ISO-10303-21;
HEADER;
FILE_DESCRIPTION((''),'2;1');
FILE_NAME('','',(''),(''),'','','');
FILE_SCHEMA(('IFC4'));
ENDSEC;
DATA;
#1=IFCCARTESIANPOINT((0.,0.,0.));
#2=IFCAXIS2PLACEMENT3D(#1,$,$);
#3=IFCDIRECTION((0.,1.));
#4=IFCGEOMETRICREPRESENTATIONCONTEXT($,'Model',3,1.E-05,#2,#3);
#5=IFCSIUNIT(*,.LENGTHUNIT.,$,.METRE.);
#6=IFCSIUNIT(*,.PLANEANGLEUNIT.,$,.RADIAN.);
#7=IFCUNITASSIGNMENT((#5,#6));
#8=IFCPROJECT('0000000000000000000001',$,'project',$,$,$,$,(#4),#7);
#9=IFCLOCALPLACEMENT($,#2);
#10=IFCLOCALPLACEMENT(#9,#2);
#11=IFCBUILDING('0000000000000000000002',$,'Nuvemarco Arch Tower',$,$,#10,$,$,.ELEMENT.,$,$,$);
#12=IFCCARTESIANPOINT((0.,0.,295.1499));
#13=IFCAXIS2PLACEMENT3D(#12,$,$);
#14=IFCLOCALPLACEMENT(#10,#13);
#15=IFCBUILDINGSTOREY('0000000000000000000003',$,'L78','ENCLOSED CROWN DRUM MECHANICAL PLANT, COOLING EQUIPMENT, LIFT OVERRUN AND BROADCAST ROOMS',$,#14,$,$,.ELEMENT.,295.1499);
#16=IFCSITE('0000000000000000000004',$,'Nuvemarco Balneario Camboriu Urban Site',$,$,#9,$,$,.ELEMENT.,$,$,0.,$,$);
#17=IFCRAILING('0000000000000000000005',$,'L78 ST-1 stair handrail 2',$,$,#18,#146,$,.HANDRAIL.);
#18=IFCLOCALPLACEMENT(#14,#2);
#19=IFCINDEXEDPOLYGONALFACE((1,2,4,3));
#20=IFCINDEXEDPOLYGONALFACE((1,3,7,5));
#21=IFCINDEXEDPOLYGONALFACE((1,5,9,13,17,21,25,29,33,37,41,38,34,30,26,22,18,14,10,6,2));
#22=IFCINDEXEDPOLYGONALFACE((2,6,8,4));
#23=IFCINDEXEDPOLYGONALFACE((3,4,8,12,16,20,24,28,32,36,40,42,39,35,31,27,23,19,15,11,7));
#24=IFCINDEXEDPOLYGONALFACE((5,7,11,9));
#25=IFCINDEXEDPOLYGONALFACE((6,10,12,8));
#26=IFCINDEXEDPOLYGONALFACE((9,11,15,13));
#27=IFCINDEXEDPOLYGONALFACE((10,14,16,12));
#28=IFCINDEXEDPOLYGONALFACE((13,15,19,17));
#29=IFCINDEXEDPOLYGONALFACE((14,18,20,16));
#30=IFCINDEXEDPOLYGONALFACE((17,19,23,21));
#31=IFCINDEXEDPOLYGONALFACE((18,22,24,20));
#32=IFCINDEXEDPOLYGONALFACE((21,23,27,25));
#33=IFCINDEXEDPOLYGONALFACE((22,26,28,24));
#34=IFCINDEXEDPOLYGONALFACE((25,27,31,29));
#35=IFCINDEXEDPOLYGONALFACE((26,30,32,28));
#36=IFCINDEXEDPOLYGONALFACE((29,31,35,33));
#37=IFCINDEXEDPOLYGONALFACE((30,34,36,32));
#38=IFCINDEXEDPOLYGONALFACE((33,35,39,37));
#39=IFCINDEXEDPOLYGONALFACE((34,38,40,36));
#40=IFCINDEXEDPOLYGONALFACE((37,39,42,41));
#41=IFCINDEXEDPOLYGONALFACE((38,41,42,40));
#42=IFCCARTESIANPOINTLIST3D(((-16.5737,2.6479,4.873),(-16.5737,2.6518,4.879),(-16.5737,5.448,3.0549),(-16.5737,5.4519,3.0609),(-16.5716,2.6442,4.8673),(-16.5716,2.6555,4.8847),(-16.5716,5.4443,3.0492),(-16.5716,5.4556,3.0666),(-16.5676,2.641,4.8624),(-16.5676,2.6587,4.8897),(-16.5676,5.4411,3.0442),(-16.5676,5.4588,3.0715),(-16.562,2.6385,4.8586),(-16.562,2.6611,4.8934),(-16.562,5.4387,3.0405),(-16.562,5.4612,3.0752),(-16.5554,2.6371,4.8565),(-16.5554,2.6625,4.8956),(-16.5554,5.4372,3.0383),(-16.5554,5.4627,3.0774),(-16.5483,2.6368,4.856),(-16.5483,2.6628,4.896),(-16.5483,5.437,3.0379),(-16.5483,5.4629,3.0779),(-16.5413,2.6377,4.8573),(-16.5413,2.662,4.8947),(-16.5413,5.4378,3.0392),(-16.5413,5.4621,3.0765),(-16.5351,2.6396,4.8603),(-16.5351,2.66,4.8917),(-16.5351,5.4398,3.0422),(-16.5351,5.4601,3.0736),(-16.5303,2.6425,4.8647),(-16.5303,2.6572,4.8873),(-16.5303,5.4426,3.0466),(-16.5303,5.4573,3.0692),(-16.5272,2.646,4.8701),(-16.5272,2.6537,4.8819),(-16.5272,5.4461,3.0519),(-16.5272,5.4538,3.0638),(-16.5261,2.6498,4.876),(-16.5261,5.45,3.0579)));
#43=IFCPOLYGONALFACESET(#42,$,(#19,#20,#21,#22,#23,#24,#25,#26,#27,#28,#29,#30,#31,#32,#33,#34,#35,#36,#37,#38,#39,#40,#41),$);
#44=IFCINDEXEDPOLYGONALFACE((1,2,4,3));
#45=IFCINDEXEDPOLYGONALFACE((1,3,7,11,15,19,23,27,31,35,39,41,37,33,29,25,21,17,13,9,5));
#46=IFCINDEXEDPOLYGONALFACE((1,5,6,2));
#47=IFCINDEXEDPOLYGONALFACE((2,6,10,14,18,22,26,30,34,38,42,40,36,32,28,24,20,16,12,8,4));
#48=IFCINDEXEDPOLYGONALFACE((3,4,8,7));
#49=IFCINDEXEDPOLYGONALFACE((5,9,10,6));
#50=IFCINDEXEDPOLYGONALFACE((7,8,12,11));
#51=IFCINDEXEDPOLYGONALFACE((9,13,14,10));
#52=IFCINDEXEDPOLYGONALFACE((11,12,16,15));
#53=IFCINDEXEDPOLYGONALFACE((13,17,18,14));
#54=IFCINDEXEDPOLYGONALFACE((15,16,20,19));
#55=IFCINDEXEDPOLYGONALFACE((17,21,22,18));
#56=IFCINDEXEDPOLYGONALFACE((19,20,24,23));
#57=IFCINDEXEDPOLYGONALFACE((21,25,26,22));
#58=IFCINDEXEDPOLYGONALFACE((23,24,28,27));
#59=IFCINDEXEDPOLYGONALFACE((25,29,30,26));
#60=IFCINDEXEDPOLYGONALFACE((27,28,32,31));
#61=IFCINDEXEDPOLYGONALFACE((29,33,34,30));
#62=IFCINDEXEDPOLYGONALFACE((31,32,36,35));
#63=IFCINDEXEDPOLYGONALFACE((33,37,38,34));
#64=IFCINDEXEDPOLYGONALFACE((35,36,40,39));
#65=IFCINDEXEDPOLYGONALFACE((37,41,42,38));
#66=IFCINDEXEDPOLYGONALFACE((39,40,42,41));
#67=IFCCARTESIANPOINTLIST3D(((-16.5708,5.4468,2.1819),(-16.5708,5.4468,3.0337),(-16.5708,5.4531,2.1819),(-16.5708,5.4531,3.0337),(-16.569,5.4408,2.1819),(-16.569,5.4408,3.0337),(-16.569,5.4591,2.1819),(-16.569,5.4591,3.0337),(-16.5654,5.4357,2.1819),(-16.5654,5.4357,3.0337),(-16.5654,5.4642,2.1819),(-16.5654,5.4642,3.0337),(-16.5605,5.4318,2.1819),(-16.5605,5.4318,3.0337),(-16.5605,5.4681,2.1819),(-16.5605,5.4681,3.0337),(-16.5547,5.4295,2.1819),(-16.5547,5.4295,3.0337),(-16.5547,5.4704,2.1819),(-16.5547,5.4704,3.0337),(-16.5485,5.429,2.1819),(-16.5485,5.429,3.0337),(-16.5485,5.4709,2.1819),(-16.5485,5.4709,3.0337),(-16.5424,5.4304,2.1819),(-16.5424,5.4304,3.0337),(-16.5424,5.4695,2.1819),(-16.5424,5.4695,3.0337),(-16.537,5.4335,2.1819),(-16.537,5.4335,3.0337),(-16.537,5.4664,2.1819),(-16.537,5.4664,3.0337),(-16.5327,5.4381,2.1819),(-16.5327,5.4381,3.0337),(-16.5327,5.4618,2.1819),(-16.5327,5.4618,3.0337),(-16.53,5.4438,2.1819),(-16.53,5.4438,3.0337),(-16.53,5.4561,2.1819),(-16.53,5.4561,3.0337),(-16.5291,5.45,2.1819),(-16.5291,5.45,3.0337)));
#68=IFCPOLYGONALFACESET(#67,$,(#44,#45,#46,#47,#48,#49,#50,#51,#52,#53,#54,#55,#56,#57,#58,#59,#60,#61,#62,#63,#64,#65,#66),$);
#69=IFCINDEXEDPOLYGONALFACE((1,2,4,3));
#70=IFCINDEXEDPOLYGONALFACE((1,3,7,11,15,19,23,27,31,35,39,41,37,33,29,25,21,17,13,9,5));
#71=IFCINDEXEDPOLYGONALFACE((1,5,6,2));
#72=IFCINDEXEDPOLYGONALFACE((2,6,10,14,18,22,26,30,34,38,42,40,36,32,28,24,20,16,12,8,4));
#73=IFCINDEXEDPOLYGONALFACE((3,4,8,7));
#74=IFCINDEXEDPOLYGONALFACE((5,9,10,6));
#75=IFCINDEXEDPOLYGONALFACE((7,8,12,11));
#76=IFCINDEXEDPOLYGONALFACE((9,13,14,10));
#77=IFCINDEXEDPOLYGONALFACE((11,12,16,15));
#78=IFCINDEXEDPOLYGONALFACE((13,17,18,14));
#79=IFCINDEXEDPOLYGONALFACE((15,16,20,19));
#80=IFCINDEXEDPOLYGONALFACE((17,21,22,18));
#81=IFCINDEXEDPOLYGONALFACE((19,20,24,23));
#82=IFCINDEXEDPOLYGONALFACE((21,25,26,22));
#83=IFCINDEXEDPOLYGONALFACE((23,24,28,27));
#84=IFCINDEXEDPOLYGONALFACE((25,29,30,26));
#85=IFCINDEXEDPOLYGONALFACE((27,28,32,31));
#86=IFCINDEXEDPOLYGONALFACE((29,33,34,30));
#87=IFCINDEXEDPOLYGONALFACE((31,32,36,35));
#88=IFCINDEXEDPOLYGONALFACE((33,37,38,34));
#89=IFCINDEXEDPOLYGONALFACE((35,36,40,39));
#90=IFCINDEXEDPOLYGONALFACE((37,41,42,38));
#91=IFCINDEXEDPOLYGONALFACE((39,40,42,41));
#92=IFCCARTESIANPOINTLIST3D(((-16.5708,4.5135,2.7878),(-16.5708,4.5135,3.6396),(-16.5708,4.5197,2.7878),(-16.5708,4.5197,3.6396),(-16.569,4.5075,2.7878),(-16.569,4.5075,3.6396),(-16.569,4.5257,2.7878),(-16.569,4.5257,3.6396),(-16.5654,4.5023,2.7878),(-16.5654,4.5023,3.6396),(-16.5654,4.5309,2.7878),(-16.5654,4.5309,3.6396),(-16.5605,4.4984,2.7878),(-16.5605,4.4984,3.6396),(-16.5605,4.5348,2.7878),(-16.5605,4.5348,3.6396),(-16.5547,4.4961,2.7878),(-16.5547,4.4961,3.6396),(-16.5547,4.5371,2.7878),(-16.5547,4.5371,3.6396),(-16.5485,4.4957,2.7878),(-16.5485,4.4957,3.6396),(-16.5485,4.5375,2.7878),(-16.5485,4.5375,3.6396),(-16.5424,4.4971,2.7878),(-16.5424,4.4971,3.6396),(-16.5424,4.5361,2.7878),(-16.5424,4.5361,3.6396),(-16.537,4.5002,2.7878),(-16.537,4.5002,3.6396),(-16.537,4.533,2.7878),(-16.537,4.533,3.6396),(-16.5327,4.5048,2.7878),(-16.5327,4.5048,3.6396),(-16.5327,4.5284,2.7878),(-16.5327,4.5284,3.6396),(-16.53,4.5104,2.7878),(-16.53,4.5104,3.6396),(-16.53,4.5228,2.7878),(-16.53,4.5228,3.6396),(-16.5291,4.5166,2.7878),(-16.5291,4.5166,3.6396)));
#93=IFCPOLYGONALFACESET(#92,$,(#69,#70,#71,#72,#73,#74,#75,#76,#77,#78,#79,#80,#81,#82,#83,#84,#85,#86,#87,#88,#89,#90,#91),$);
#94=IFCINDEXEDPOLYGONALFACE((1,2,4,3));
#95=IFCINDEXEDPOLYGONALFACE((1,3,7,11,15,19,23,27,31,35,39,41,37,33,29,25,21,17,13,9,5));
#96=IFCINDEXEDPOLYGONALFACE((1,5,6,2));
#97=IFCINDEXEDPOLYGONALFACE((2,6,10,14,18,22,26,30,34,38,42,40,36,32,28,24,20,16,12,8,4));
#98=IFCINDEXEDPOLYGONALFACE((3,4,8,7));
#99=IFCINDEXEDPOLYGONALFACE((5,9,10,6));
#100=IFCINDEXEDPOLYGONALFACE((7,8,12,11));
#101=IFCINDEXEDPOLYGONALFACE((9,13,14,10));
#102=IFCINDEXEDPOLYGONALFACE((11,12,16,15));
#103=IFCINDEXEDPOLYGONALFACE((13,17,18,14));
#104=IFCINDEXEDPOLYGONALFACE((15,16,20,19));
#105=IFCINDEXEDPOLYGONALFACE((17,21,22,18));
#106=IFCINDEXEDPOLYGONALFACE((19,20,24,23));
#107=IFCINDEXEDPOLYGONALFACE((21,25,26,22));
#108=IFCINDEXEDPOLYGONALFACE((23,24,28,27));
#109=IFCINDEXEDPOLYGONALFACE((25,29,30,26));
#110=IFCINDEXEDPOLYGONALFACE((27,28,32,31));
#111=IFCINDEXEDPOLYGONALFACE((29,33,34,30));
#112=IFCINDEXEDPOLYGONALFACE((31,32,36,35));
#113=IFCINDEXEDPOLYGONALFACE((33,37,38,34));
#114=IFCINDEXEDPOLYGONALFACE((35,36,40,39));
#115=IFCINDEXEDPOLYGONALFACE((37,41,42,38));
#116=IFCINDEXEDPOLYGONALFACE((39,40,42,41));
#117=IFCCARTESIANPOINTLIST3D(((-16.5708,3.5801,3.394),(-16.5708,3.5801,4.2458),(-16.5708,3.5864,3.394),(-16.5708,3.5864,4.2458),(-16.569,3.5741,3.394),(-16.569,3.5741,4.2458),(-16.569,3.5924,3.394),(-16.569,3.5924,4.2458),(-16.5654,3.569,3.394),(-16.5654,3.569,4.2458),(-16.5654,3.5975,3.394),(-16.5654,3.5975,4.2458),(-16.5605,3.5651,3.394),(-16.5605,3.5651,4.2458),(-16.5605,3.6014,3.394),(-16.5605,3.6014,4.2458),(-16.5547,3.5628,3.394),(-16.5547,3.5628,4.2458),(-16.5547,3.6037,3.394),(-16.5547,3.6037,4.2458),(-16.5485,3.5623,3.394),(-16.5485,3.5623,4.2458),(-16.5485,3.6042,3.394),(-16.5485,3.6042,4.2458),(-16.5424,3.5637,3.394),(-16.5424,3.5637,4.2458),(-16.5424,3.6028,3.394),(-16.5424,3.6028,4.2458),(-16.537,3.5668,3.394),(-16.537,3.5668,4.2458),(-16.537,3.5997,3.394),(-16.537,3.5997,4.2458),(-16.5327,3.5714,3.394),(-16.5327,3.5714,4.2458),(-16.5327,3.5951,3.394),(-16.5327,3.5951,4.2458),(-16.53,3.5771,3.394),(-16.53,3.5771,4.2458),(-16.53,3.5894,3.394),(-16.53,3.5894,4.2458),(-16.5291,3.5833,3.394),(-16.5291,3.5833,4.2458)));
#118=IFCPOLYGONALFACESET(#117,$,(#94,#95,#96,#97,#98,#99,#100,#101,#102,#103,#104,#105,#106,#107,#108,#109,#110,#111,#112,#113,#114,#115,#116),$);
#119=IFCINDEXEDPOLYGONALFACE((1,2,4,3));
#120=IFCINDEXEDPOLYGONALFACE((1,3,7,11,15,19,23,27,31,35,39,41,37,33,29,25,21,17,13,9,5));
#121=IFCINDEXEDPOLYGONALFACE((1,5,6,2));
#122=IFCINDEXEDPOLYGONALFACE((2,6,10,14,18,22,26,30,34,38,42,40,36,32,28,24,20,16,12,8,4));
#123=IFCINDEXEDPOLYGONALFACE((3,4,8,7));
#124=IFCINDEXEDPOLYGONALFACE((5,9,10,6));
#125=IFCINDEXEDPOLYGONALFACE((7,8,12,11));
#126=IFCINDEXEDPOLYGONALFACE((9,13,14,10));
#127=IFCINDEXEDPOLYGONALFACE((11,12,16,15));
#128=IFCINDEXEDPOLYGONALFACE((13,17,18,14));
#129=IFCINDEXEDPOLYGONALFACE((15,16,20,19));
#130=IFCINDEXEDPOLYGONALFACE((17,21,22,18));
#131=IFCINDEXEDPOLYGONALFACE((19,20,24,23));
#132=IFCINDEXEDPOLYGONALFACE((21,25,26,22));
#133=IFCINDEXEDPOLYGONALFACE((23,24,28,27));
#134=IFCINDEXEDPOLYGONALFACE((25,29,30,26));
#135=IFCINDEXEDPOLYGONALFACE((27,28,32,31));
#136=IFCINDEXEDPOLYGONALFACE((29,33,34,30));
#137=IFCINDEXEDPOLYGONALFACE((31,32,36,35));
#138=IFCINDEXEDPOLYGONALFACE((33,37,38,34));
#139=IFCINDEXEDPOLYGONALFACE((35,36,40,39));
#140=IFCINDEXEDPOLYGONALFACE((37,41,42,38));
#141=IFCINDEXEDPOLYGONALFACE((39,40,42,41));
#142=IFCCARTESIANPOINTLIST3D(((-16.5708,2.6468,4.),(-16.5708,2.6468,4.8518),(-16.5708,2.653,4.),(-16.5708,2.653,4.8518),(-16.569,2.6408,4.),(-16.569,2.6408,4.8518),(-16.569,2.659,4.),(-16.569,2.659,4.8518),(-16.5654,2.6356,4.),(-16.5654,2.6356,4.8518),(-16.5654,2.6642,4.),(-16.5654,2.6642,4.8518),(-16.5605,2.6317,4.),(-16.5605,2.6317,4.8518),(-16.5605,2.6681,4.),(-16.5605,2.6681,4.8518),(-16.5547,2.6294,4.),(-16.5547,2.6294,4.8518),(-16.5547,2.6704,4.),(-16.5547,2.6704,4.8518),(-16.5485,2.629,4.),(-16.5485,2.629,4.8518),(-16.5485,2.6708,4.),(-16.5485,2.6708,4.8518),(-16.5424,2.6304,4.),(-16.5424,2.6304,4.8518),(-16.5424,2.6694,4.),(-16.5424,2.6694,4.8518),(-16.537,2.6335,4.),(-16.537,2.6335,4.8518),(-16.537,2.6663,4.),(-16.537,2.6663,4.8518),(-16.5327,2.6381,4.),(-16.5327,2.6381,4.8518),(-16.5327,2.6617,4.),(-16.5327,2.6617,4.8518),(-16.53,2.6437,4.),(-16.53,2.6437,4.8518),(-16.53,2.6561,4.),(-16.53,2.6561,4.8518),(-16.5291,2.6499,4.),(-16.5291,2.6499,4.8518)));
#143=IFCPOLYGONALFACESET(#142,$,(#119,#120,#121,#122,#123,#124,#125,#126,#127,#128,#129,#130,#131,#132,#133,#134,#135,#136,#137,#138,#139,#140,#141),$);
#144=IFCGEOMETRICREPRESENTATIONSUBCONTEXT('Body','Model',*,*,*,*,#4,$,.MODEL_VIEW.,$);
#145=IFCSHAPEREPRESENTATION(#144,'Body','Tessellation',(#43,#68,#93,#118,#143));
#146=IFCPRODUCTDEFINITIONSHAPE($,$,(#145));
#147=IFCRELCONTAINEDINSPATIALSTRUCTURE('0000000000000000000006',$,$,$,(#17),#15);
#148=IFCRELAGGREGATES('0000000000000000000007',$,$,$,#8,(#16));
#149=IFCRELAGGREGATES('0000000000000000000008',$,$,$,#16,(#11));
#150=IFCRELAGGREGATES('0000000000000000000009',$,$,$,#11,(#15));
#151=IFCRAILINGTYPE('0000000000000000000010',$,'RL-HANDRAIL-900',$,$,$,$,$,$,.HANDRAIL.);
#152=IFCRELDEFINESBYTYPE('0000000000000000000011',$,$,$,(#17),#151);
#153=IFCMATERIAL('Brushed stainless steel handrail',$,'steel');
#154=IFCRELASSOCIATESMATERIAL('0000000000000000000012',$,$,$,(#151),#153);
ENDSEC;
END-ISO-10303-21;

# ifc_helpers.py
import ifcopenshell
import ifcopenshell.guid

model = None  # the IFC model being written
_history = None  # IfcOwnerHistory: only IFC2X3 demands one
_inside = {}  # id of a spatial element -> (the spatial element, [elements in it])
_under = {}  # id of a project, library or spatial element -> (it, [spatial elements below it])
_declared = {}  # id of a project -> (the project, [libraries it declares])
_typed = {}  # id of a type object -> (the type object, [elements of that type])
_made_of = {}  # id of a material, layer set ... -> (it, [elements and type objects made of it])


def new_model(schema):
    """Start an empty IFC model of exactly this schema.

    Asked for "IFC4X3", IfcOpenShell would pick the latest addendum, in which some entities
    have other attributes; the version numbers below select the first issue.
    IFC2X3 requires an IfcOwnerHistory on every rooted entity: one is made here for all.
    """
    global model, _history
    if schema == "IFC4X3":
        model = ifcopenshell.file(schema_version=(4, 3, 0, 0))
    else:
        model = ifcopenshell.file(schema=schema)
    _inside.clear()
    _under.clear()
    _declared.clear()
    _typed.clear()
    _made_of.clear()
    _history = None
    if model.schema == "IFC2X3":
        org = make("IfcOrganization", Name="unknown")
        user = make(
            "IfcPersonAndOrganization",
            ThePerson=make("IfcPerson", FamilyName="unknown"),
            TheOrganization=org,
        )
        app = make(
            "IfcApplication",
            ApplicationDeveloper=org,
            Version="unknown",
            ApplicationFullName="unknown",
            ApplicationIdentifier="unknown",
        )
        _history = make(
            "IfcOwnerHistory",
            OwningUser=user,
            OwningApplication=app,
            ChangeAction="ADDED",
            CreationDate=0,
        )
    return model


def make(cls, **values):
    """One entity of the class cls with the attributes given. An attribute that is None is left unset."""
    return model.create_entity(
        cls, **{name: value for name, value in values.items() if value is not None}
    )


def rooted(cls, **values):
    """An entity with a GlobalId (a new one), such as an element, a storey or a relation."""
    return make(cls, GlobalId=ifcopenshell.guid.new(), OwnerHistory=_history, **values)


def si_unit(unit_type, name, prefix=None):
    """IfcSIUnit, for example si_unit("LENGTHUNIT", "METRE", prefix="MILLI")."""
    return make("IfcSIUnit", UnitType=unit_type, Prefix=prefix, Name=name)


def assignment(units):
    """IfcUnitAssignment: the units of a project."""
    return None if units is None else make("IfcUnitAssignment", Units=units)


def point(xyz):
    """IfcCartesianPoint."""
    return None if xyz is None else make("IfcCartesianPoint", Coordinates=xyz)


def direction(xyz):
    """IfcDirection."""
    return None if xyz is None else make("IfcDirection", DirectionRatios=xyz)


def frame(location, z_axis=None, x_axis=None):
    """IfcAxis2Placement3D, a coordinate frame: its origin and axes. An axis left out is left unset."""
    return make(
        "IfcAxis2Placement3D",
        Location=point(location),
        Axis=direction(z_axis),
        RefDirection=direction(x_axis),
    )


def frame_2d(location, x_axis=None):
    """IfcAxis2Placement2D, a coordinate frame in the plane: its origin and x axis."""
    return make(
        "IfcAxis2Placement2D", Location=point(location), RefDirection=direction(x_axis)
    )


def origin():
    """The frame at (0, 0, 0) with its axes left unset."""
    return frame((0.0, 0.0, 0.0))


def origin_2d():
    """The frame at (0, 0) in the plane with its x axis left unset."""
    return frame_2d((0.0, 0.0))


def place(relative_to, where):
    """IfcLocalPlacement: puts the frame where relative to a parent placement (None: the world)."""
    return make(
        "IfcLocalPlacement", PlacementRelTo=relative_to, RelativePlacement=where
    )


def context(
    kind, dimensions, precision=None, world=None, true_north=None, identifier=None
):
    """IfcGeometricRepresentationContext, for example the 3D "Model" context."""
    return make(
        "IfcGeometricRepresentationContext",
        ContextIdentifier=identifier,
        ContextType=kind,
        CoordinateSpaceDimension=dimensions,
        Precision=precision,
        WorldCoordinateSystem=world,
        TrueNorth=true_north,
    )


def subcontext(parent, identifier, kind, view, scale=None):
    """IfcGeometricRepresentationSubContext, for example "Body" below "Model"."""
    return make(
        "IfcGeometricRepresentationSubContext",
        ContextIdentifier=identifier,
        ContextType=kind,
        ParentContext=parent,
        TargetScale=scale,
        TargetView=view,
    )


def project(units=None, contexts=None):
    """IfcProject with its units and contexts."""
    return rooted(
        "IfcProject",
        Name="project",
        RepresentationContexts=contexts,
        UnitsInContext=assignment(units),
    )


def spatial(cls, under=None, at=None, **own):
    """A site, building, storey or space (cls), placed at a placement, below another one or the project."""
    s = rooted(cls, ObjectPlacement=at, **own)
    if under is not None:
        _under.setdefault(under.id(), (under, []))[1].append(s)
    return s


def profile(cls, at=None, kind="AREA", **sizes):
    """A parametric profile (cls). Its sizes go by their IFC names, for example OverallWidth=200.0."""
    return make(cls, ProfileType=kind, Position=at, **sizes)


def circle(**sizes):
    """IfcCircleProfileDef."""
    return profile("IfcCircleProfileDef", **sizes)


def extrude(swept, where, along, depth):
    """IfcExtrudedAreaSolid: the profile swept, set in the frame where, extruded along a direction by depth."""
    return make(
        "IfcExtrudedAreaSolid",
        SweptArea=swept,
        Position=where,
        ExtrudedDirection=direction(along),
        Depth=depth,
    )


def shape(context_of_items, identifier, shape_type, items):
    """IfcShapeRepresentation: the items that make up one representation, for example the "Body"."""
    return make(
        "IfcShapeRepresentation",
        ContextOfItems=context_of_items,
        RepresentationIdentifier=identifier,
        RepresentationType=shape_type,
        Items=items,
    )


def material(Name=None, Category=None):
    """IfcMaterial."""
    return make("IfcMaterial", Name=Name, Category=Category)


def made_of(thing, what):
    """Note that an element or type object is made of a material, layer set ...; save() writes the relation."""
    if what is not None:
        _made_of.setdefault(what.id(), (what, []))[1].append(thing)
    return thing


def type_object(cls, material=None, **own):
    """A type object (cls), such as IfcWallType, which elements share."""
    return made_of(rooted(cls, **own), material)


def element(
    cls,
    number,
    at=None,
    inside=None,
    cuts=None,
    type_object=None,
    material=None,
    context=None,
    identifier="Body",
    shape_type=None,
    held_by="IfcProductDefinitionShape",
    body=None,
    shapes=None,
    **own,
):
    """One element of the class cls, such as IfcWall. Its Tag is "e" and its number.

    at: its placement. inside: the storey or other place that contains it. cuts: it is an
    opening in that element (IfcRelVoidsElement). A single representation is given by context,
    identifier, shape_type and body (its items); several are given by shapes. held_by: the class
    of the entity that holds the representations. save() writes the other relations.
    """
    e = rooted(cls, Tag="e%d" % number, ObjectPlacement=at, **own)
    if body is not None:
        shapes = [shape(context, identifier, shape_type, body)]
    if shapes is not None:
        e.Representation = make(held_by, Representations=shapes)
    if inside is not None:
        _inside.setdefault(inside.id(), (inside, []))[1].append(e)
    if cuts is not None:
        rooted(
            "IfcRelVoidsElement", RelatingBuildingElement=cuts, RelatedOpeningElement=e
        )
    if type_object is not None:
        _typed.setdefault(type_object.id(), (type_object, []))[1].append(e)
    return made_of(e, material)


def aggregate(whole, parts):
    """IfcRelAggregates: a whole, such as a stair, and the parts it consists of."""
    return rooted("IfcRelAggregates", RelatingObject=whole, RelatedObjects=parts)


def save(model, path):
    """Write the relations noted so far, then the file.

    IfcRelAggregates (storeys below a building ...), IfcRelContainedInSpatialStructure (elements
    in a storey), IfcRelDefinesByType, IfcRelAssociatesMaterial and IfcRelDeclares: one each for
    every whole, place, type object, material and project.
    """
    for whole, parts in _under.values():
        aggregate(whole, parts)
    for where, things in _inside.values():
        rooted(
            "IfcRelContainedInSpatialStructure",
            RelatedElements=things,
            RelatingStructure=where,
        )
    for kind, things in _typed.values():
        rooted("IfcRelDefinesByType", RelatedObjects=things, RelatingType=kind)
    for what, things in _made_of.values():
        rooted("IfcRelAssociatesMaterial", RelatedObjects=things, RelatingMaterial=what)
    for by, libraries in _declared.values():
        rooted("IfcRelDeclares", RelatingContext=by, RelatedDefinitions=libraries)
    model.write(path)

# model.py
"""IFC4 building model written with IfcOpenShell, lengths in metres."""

from ifc_helpers import new_model, si_unit, direction, frame, origin, origin_2d, place, context, subcontext, project, spatial, circle, extrude, material, type_object, element, save


model = new_model("IFC4")

# Units and contexts
model_context = context("Model", 3, precision=1e-05, world=origin(), true_north=direction((0.0, 1.0)))
body_context = subcontext(model_context, "Body", "Model", "MODEL_VIEW")
ifc_project = project(units=[si_unit("LENGTHUNIT", "METRE"), si_unit("PLANEANGLEUNIT", "RADIAN")], contexts=[model_context])

# Site, building, storey
site_placement = place(None, origin())
site = spatial("IfcSite", under=ifc_project, at=site_placement, Name="Nuvemarco Balneario Camboriu Urban Site", CompositionType="ELEMENT", RefElevation=0.0)
building_placement = place(site_placement, origin())
building = spatial("IfcBuilding", under=site, at=building_placement, Name="Nuvemarco Arch Tower", CompositionType="ELEMENT")
storey_placement = place(building_placement, frame((0.0, 0.0, 295.1499)))
storey = spatial("IfcBuildingStorey", under=building, at=storey_placement, Name="L78", Description="ENCLOSED CROWN DRUM MECHANICAL PLANT, COOLING EQUIPMENT, LIFT OVERRUN AND BROADCAST ROOMS", CompositionType="ELEMENT", Elevation=295.1499)

# Railing
ifc_material_1 = material(Name="Brushed stainless steel handrail", Category="steel")
railing_type_1 = type_object("IfcRailingType", Name="RL-HANDRAIL-900", PredefinedType="HANDRAIL", material=ifc_material_1)
railing_1_placement = place(storey_placement, frame((-16.55, 5.45, 2.1819)))
element("IfcRailing", 1, at=railing_1_placement, inside=storey, type_object=railing_type_1, Name="L78 ST-1 stair handrail 2", PredefinedType="HANDRAIL", context=body_context, shape_type="SweptSolid", body=[
    extrude(circle(Radius=0.0239, at=origin_2d()), frame((0.0, 0.0, 0.876), z_axis=(0.0, -0.838706, 0.544585), x_axis=(1.0, 0.0, 0.0)), (0.0, 0.0, 1.0), 3.3386),
    extrude(circle(Radius=0.021, at=origin_2d()), origin(), (0.0, 0.0, 1.0), 0.8518),
    extrude(circle(Radius=0.021, at=origin_2d()), frame((0.0, -0.9333, 0.606)), (0.0, 0.0, 1.0), 0.8518),
    extrude(circle(Radius=0.021, at=origin_2d()), frame((0.0, -1.8667, 1.2122)), (0.0, 0.0, 1.0), 0.8518),
    extrude(circle(Radius=0.021, at=origin_2d()), frame((0.0, -2.8, 1.8181)), (0.0, 0.0, 1.0), 0.8518),
])

save(model, "model.ifc")
